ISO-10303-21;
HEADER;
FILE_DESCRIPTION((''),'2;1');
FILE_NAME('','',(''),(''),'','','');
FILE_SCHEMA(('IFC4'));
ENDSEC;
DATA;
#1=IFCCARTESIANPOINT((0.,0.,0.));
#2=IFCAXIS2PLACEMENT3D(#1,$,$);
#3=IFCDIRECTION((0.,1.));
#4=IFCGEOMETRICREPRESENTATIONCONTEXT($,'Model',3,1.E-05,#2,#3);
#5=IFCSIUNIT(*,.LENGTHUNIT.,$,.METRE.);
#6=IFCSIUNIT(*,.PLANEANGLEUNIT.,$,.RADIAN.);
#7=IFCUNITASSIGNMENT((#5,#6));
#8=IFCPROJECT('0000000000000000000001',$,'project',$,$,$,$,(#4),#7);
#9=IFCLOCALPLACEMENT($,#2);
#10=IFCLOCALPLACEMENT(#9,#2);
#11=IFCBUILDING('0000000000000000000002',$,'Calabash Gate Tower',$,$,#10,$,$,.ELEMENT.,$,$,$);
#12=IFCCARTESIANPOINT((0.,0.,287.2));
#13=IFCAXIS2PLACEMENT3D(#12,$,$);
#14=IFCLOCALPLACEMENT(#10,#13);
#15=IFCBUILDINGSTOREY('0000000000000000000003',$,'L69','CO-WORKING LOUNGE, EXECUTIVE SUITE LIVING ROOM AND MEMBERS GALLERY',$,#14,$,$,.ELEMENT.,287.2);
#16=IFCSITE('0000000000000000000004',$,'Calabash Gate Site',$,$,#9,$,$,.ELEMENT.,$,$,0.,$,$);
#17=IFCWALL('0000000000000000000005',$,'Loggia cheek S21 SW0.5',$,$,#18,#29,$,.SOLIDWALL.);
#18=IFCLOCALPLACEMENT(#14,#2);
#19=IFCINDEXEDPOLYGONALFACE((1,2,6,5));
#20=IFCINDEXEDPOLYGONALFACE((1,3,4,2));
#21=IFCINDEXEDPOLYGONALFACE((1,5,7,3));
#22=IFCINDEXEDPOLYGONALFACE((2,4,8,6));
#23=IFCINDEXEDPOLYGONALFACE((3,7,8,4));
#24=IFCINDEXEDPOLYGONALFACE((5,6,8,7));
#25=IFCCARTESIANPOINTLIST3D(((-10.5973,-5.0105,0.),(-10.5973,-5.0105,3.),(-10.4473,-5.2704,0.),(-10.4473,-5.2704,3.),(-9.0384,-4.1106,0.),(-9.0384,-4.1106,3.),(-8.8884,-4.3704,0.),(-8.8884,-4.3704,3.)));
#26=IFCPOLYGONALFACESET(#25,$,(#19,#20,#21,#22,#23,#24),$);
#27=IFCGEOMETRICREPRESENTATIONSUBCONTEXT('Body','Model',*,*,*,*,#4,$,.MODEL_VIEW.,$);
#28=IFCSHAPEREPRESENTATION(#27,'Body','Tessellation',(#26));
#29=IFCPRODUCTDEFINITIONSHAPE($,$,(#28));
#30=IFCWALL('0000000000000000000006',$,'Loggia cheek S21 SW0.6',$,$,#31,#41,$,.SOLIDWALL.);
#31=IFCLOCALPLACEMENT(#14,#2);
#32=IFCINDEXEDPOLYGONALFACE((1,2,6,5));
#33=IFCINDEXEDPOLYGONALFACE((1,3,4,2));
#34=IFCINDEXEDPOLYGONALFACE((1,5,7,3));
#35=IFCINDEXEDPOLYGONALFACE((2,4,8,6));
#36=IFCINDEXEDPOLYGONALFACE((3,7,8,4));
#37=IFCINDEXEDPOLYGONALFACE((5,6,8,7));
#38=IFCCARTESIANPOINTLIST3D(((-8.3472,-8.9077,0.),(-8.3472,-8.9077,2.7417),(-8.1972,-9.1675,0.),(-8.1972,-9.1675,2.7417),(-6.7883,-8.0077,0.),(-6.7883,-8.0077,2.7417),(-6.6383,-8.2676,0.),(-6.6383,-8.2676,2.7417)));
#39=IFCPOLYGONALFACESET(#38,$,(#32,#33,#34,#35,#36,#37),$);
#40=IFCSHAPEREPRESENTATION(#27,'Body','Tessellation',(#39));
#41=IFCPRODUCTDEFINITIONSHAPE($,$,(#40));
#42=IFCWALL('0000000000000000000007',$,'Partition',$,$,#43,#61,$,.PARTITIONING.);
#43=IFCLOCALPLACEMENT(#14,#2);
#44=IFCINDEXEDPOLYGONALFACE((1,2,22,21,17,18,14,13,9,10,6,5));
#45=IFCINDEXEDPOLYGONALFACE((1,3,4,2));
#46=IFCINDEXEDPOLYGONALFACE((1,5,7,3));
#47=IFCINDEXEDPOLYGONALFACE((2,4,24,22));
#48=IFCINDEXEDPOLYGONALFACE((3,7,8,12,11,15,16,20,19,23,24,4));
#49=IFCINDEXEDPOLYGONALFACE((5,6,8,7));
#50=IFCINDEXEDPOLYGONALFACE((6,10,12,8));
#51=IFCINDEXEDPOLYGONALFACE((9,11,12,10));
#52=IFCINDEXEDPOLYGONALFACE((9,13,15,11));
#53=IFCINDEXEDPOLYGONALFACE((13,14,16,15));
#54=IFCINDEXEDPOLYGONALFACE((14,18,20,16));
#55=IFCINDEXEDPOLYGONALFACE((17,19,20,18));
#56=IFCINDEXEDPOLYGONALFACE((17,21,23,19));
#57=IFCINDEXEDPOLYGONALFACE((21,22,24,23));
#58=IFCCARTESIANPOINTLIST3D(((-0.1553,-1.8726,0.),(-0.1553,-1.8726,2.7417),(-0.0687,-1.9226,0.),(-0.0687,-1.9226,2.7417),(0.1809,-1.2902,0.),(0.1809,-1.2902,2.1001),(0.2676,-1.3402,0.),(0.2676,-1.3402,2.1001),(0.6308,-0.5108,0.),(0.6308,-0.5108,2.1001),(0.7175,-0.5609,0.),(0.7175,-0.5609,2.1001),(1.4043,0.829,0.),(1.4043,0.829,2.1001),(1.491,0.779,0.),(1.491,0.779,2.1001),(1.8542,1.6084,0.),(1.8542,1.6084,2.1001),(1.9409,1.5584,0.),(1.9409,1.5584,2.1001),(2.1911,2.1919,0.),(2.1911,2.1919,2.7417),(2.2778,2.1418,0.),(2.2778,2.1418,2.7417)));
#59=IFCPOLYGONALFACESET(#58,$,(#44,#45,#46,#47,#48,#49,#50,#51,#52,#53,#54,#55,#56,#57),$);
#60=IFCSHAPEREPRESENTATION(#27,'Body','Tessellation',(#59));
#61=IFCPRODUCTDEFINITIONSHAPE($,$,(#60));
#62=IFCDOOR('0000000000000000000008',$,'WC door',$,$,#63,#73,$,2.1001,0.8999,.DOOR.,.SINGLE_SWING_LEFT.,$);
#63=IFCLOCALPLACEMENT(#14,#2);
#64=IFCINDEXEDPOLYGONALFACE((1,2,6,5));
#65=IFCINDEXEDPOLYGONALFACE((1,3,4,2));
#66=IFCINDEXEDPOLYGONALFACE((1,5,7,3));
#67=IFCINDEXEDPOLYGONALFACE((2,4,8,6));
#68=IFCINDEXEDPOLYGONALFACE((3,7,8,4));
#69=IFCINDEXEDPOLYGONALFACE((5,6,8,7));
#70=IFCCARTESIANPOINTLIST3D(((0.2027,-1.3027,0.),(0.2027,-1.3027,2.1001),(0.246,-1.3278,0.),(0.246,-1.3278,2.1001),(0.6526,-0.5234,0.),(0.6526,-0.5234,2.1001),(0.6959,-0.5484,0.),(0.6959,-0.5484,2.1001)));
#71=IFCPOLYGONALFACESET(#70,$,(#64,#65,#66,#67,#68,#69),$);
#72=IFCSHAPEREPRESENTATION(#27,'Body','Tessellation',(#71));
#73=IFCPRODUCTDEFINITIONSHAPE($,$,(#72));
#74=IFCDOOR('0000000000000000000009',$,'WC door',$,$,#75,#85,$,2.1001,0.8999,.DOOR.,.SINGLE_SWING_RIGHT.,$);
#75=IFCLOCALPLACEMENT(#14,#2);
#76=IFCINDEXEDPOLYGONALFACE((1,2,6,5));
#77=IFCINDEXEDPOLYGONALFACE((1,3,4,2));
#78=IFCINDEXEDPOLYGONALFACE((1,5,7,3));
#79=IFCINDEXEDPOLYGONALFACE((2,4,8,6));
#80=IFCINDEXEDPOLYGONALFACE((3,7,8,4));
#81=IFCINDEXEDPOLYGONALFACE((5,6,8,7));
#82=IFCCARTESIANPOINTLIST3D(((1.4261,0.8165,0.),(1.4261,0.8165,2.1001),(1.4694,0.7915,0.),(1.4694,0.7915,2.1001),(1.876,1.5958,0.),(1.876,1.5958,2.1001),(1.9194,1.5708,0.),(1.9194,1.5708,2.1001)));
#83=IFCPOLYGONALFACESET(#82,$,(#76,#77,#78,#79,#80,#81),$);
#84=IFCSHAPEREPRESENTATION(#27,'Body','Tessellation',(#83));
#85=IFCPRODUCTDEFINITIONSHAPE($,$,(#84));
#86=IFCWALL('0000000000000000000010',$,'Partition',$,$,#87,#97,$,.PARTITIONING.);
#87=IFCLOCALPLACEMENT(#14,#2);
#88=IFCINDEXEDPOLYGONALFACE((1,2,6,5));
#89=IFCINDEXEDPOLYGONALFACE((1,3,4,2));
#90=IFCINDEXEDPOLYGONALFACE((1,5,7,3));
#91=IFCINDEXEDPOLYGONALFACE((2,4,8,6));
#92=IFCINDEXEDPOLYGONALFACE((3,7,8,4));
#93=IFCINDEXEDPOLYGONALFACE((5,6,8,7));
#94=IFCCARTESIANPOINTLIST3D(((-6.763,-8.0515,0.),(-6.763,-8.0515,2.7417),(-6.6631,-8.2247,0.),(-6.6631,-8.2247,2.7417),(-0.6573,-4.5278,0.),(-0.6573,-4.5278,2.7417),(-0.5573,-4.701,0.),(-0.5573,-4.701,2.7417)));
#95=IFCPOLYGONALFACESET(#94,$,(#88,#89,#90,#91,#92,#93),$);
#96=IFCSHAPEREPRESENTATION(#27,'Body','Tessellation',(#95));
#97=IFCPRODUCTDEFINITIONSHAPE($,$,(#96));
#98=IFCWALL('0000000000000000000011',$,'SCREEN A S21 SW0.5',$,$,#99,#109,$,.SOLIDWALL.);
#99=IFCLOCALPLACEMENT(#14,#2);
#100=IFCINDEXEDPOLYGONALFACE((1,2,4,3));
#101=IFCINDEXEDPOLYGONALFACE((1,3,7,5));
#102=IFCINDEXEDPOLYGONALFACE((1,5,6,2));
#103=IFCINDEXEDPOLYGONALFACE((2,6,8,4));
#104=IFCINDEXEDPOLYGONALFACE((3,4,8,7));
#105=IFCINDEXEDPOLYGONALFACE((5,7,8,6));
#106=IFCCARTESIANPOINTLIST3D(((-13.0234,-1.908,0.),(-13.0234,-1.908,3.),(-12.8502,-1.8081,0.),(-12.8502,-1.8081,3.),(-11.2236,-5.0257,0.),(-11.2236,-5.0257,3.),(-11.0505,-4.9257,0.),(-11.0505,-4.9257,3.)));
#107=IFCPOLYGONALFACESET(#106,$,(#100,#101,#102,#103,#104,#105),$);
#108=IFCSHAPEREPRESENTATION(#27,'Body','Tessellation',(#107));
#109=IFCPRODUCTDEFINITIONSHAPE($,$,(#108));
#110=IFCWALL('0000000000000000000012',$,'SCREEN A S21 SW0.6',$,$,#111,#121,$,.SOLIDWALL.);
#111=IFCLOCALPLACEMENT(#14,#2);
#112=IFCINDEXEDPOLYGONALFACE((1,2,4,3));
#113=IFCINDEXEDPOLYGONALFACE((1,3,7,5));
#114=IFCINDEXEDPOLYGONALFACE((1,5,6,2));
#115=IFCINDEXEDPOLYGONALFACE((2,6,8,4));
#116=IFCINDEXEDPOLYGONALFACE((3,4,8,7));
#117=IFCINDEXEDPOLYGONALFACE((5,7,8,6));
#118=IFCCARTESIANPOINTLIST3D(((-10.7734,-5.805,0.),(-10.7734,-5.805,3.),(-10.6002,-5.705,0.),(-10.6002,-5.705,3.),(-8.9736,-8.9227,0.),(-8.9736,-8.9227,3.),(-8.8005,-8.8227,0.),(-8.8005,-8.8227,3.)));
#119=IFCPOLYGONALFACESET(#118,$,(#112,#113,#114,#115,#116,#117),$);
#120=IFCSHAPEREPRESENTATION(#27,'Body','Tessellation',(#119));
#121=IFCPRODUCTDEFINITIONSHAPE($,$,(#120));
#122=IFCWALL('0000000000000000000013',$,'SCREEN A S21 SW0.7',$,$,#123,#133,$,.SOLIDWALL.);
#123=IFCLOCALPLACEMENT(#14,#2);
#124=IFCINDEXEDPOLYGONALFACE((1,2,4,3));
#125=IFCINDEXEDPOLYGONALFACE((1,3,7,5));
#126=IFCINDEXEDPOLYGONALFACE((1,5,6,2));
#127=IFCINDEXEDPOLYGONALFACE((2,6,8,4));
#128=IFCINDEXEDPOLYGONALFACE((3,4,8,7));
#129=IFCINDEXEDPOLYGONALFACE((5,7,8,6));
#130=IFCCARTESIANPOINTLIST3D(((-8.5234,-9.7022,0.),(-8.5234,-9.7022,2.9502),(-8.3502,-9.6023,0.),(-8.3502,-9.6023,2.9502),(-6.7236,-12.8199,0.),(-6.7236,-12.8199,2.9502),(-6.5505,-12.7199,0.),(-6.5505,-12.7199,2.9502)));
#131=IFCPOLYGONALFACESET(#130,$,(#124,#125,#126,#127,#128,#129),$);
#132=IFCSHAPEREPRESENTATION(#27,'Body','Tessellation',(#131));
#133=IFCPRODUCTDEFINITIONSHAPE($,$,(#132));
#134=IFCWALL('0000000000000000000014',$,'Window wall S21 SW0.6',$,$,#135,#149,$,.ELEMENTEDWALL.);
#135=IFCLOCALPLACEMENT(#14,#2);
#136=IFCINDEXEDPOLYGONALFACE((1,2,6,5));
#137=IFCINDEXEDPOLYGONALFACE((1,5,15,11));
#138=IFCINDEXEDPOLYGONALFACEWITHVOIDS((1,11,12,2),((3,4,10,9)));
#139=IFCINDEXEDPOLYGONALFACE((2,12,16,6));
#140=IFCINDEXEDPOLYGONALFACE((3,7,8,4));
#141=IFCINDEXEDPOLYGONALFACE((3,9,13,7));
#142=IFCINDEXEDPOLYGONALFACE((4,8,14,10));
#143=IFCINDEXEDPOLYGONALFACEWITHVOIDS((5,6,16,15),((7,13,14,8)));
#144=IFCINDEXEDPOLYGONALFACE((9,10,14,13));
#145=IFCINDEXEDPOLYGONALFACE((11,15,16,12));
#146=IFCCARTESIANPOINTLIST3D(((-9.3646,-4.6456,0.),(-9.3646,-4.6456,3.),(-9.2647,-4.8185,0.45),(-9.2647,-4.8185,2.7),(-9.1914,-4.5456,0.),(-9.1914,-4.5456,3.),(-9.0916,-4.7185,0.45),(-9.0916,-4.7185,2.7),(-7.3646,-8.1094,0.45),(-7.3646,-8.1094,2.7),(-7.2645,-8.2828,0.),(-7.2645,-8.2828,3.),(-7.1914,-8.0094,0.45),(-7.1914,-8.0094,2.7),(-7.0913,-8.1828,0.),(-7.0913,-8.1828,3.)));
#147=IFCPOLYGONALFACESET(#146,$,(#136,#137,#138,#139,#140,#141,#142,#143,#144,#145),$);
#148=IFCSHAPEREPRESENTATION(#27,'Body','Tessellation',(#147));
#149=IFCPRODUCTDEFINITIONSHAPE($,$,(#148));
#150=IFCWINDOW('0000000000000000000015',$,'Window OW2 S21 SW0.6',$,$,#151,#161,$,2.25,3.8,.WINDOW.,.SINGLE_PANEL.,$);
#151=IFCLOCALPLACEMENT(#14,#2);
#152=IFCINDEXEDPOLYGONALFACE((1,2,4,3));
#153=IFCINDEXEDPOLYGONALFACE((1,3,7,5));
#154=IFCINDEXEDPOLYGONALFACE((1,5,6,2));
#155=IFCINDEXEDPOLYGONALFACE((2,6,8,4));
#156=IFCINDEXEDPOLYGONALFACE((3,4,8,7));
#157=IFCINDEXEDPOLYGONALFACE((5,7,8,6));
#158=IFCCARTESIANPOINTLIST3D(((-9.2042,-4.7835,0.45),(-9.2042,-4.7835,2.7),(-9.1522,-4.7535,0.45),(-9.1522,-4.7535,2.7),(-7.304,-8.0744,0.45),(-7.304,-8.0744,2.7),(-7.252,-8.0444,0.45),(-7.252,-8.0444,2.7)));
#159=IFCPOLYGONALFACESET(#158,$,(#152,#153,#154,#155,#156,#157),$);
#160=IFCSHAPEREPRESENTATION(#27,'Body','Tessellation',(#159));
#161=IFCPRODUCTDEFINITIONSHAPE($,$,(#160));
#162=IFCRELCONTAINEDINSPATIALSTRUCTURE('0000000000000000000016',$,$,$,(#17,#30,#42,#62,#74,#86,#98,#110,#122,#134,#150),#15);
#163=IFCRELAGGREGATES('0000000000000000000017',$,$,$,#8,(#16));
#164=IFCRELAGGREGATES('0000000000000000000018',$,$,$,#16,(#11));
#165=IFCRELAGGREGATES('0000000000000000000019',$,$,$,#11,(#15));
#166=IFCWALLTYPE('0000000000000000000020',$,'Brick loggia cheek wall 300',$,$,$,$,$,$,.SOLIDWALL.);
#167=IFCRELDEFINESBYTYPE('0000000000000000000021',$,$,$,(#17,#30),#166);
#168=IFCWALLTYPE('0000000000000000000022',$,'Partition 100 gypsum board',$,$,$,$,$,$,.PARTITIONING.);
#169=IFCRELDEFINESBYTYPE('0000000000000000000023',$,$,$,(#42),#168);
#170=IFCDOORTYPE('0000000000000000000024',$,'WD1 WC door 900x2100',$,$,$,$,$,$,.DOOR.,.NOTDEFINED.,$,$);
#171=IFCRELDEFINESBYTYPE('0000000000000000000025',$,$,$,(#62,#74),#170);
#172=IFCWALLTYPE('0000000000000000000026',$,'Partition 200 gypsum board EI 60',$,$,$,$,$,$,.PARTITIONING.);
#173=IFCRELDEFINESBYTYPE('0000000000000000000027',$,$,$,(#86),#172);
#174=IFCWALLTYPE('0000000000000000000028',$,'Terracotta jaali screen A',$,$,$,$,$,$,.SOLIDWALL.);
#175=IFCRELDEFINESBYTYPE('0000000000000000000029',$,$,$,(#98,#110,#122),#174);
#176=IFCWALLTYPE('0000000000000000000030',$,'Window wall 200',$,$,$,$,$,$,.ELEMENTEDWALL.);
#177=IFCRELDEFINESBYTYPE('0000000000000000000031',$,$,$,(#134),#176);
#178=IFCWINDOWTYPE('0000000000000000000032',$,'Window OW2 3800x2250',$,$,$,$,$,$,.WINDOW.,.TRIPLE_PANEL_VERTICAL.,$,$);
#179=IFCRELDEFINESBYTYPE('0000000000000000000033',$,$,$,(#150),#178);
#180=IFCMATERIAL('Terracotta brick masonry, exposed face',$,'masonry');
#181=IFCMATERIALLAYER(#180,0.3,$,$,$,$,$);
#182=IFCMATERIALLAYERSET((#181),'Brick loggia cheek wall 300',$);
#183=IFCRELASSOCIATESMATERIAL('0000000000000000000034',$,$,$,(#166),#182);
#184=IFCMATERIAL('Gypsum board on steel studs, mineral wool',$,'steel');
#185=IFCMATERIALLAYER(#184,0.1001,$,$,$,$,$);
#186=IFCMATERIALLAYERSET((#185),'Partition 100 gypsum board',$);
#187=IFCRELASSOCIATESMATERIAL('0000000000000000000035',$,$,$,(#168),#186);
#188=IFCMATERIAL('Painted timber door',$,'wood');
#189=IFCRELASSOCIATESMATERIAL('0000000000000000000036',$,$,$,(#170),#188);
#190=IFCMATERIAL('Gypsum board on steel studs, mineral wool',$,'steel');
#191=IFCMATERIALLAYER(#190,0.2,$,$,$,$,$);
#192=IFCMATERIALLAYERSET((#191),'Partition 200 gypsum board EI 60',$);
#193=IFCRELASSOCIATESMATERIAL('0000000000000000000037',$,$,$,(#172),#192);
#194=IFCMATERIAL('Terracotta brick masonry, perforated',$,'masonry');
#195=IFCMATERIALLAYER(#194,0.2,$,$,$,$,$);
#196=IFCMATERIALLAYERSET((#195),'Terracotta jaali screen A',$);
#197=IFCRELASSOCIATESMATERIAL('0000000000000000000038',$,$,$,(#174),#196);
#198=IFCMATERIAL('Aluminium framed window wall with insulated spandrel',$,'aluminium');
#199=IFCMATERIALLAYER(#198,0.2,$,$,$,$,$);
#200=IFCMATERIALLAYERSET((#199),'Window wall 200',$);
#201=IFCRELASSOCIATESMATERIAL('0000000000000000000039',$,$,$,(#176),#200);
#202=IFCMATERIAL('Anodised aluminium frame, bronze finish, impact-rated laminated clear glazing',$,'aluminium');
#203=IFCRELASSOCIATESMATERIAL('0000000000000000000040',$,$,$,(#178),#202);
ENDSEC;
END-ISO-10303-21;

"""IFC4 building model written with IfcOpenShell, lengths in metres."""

from ifc_helpers import new_model, si_unit, direction, frame, frame_2d, origin, place, context, subcontext, project, spatial, rectangle, extrude, material, layer, layer_set, type_object, element, fill, save


model = new_model("IFC4")

# Units and contexts
model_context = context("Model", 3, precision=1e-05, world=origin(), true_north=direction((0.0, 1.0)))
body_context = subcontext(model_context, "Body", "Model", "MODEL_VIEW")
ifc_project = project(units=[si_unit("LENGTHUNIT", "METRE"), si_unit("PLANEANGLEUNIT", "RADIAN")], contexts=[model_context])

# Site, building, storey
site_placement = place(None, origin())
site = spatial("IfcSite", under=ifc_project, at=site_placement, Name="Calabash Gate Site", CompositionType="ELEMENT", RefElevation=0.0)
building_placement = place(site_placement, origin())
building = spatial("IfcBuilding", under=site, at=building_placement, Name="Calabash Gate Tower", CompositionType="ELEMENT")
storey_placement = place(building_placement, frame((0.0, 0.0, 287.2)))
storey = spatial("IfcBuildingStorey", under=building, at=storey_placement, Name="L69", Description="CO-WORKING LOUNGE, EXECUTIVE SUITE LIVING ROOM AND MEMBERS GALLERY", CompositionType="ELEMENT", Elevation=287.2)

# Walls
ifc_material_1 = material(Name="Terracotta brick masonry, exposed face", Category="masonry")
ifc_layer_1 = layer(ifc_material_1, 0.3)
ifc_layer_set_1 = layer_set([ifc_layer_1], Name="Brick loggia cheek wall 300")
wall_type_1 = type_object("IfcWallType", Name="Brick loggia cheek wall 300", PredefinedType="SOLIDWALL", material=ifc_layer_set_1)
wall_1_placement = place(storey_placement, frame((-10.5222, -5.1404, 0.0), z_axis=(0.0, 0.0, 1.0), x_axis=(0.866048, 0.499961, 0.0)))
element("IfcWall", 1, at=wall_1_placement, inside=storey, type_object=wall_type_1, Name="Loggia cheek S21 SW0.5", PredefinedType="SOLIDWALL", context=body_context, shape_type="SweptSolid", body=[
    extrude(rectangle(XDim=1.8, YDim=0.3, at=frame_2d((0.8999, 0.0))), origin(), (0.0, 0.0, 1.0), 3.0),
])
wall_2_placement = place(storey_placement, frame((-6.7134, -8.1377, 0.0), z_axis=(0.0, 0.0, 1.0), x_axis=(-0.866048, -0.499961, 0.0)))
element("IfcWall", 2, at=wall_2_placement, inside=storey, type_object=wall_type_1, Name="Loggia cheek S21 SW0.6", PredefinedType="SOLIDWALL", context=body_context, shape_type="SweptSolid", body=[
    extrude(rectangle(XDim=1.8, YDim=0.3, at=frame_2d((0.8999, 0.0))), origin(), (0.0, 0.0, 1.0), 2.7417),
])

# Wall, openings, doors
ifc_material_2 = material(Name="Gypsum board on steel studs, mineral wool", Category="steel")
ifc_layer_2 = layer(ifc_material_2, 0.1001)
ifc_layer_set_2 = layer_set([ifc_layer_2], Name="Partition 100 gypsum board")
wall_type_2 = type_object("IfcWallType", Name="Partition 100 gypsum board", PredefinedType="PARTITIONING", material=ifc_layer_set_2)
wall_3_placement = place(storey_placement, frame((-0.1121, -1.8977, 0.0), z_axis=(0.0, 0.0, 1.0), x_axis=(0.499972, 0.866042, 0.0)))
wall_3 = element("IfcWall", 3, at=wall_3_placement, inside=storey, type_object=wall_type_2, Name="Partition", PredefinedType="PARTITIONING", context=body_context, shape_type="SweptSolid", body=[
    extrude(rectangle(XDim=4.6931, YDim=0.1001, at=frame_2d((2.3467, 0.0))), origin(), (0.0, 0.0, 1.0), 2.7417),
])
opening_1_placement = place(wall_3_placement, frame((0.6726, 0.0, 0.0)))
opening_1 = element("IfcOpeningElement", 4, at=opening_1_placement, cuts=wall_3, PredefinedType="OPENING", context=body_context, shape_type="SweptSolid", body=[
    extrude(rectangle(XDim=0.8999, YDim=2.1001, at=frame_2d((0.45, 1.05))), frame((0.0, 0.0601, 0.0), z_axis=(0.0, -1.0, 0.0), x_axis=(1.0, 0.0, 0.0)), (0.0, 0.0, 1.0), 0.1201),
])
opening_2_placement = place(wall_3_placement, frame((3.1196, 0.0, 0.0)))
opening_2 = element("IfcOpeningElement", 5, at=opening_2_placement, cuts=wall_3, PredefinedType="OPENING", context=body_context, shape_type="SweptSolid", body=[
    extrude(rectangle(XDim=0.8999, YDim=2.1001, at=frame_2d((0.45, 1.05))), frame((0.0, 0.0601, 0.0), z_axis=(0.0, -1.0, 0.0), x_axis=(1.0, 0.0, 0.0)), (0.0, 0.0, 1.0), 0.1201),
])
ifc_material_3 = material(Name="Painted timber door", Category="wood")
door_type_1 = type_object("IfcDoorType", Name="WD1 WC door 900x2100", OperationType="NOTDEFINED", PredefinedType="DOOR", material=ifc_material_3)
door_1_placement = place(opening_1_placement, origin())
door_1 = element("IfcDoor", 6, at=door_1_placement, inside=storey, type_object=door_type_1, Name="WC door", OperationType="SINGLE_SWING_LEFT", OverallHeight=2.1001, OverallWidth=0.8999, PredefinedType="DOOR", context=body_context, shape_type="SweptSolid", body=[
    extrude(rectangle(XDim=0.8999, YDim=2.1001, at=frame_2d((0.45, 1.05))), frame((0.0, 0.0249, 0.0), z_axis=(0.0, -1.0, 0.0), x_axis=(1.0, 0.0, 0.0)), (0.0, 0.0, 1.0), 0.05),
])
fill(opening_1, door_1)
door_2_placement = place(opening_2_placement, origin())
door_2 = element("IfcDoor", 7, at=door_2_placement, inside=storey, type_object=door_type_1, Name="WC door", OperationType="SINGLE_SWING_RIGHT", OverallHeight=2.1001, OverallWidth=0.8999, PredefinedType="DOOR", context=body_context, shape_type="SweptSolid", body=[
    extrude(rectangle(XDim=0.8999, YDim=2.1001, at=frame_2d((0.45, 1.05))), frame((0.0, 0.0249, 0.0), z_axis=(0.0, -1.0, 0.0), x_axis=(1.0, 0.0, 0.0)), (0.0, 0.0, 1.0), 0.05),
])
fill(opening_2, door_2)

# Walls
ifc_material_4 = material(Name="Gypsum board on steel studs, mineral wool", Category="steel")
ifc_layer_3 = layer(ifc_material_4, 0.2)
ifc_layer_set_3 = layer_set([ifc_layer_3], Name="Partition 200 gypsum board EI 60")
wall_type_3 = type_object("IfcWallType", Name="Partition 200 gypsum board EI 60", PredefinedType="PARTITIONING", material=ifc_layer_set_3)
wall_4_placement = place(storey_placement, frame((-6.7131, -8.1382, 0.0), z_axis=(0.0, 0.0, 1.0), x_axis=(0.866115, 0.499845, 0.0)))
element("IfcWall", 8, at=wall_4_placement, inside=storey, type_object=wall_type_3, Name="Partition", PredefinedType="PARTITIONING", context=body_context, shape_type="SweptSolid", body=[
    extrude(rectangle(XDim=7.0496, YDim=0.2, at=frame_2d((3.5249, 0.0))), origin(), (0.0, 0.0, 1.0), 2.7417),
])
ifc_material_5 = material(Name="Terracotta brick masonry, perforated", Category="masonry")
ifc_layer_4 = layer(ifc_material_5, 0.2)
ifc_layer_set_4 = layer_set([ifc_layer_4], Name="Terracotta jaali screen A")
wall_type_4 = type_object("IfcWallType", Name="Terracotta jaali screen A", PredefinedType="SOLIDWALL", material=ifc_layer_set_4)
for number, where, z_axis, x_axis, name in (
    (9, (-12.9368, -1.8582, 0.0), (0.0, 0.0, 1.0), (0.499961, -0.866048, 0.0), "SCREEN A S21 SW0.5"),
    (10, (-10.6868, -5.7551, 0.0), (0.0, 0.0, 1.0), (0.499961, -0.866048, 0.0), "SCREEN A S21 SW0.6"),
):
    element("IfcWall", number, at=place(storey_placement, frame(where, z_axis=z_axis, x_axis=x_axis)), inside=storey, type_object=wall_type_4, Name=name, PredefinedType="SOLIDWALL", context=body_context, shape_type="SweptSolid", body=[
        extrude(rectangle(XDim=3.5999, YDim=0.2, at=frame_2d((1.7998, 0.0))), origin(), (0.0, 0.0, 1.0), 3.0),
    ])
wall_5_placement = place(storey_placement, frame((-8.4368, -9.6523, 0.0), z_axis=(0.0, 0.0, 1.0), x_axis=(0.499961, -0.866048, 0.0)))
element("IfcWall", 11, at=wall_5_placement, inside=storey, type_object=wall_type_4, Name="SCREEN A S21 SW0.7", PredefinedType="SOLIDWALL", context=body_context, shape_type="SweptSolid", body=[
    extrude(rectangle(XDim=3.5999, YDim=0.2, at=frame_2d((1.7998, 0.0))), origin(), (0.0, 0.0, 1.0), 2.9502),
])

# Wall, opening, window
ifc_material_6 = material(Name="Aluminium framed window wall with insulated spandrel", Category="aluminium")
ifc_layer_5 = layer(ifc_material_6, 0.2)
ifc_layer_set_5 = layer_set([ifc_layer_5], Name="Window wall 200")
wall_type_5 = type_object("IfcWallType", Name="Window wall 200", PredefinedType="ELEMENTEDWALL", material=ifc_layer_set_5)
wall_6_placement = place(storey_placement, frame((-9.2781, -4.5955, 0.0), z_axis=(0.0, 0.0, 1.0), x_axis=(0.500028, -0.866009, 0.0)))
wall_6 = element("IfcWall", 12, at=wall_6_placement, inside=storey, type_object=wall_type_5, Name="Window wall S21 SW0.6", PredefinedType="ELEMENTEDWALL", context=body_context, shape_type="SweptSolid", body=[
    extrude(rectangle(XDim=4.2, YDim=0.2, at=frame_2d((2.1001, 0.0))), origin(), (0.0, 0.0, 1.0), 3.0),
])
opening_3_placement = place(wall_6_placement, frame((0.2, 0.0, 0.45)))
opening_3 = element("IfcOpeningElement", 13, at=opening_3_placement, cuts=wall_6, PredefinedType="OPENING", context=body_context, shape_type="SweptSolid", body=[
    extrude(rectangle(XDim=3.8, YDim=2.25, at=frame_2d((1.8999, 1.125))), frame((0.0, 0.1099, 0.0), z_axis=(0.0, -1.0, 0.0), x_axis=(1.0, 0.0, 0.0)), (0.0, 0.0, 1.0), 0.22),
])
ifc_material_7 = material(Name="Anodised aluminium frame, bronze finish, impact-rated laminated clear glazing", Category="aluminium")
window_type_1 = type_object("IfcWindowType", Name="Window OW2 3800x2250", PartitioningType="TRIPLE_PANEL_VERTICAL", PredefinedType="WINDOW", material=ifc_material_7)
window_1_placement = place(opening_3_placement, origin())
window_1 = element("IfcWindow", 14, at=window_1_placement, inside=storey, type_object=window_type_1, Name="Window OW2 S21 SW0.6", OverallHeight=2.25, OverallWidth=3.8, PartitioningType="SINGLE_PANEL", PredefinedType="WINDOW", context=body_context, shape_type="SweptSolid", body=[
    extrude(rectangle(XDim=3.8, YDim=2.25, at=frame_2d((1.8999, 1.125))), frame((0.0, 0.03, 0.0), z_axis=(0.0, -1.0, 0.0), x_axis=(1.0, 0.0, 0.0)), (0.0, 0.0, 1.0), 0.0601),
])
fill(opening_3, window_1)

save(model, "model.ifc")
